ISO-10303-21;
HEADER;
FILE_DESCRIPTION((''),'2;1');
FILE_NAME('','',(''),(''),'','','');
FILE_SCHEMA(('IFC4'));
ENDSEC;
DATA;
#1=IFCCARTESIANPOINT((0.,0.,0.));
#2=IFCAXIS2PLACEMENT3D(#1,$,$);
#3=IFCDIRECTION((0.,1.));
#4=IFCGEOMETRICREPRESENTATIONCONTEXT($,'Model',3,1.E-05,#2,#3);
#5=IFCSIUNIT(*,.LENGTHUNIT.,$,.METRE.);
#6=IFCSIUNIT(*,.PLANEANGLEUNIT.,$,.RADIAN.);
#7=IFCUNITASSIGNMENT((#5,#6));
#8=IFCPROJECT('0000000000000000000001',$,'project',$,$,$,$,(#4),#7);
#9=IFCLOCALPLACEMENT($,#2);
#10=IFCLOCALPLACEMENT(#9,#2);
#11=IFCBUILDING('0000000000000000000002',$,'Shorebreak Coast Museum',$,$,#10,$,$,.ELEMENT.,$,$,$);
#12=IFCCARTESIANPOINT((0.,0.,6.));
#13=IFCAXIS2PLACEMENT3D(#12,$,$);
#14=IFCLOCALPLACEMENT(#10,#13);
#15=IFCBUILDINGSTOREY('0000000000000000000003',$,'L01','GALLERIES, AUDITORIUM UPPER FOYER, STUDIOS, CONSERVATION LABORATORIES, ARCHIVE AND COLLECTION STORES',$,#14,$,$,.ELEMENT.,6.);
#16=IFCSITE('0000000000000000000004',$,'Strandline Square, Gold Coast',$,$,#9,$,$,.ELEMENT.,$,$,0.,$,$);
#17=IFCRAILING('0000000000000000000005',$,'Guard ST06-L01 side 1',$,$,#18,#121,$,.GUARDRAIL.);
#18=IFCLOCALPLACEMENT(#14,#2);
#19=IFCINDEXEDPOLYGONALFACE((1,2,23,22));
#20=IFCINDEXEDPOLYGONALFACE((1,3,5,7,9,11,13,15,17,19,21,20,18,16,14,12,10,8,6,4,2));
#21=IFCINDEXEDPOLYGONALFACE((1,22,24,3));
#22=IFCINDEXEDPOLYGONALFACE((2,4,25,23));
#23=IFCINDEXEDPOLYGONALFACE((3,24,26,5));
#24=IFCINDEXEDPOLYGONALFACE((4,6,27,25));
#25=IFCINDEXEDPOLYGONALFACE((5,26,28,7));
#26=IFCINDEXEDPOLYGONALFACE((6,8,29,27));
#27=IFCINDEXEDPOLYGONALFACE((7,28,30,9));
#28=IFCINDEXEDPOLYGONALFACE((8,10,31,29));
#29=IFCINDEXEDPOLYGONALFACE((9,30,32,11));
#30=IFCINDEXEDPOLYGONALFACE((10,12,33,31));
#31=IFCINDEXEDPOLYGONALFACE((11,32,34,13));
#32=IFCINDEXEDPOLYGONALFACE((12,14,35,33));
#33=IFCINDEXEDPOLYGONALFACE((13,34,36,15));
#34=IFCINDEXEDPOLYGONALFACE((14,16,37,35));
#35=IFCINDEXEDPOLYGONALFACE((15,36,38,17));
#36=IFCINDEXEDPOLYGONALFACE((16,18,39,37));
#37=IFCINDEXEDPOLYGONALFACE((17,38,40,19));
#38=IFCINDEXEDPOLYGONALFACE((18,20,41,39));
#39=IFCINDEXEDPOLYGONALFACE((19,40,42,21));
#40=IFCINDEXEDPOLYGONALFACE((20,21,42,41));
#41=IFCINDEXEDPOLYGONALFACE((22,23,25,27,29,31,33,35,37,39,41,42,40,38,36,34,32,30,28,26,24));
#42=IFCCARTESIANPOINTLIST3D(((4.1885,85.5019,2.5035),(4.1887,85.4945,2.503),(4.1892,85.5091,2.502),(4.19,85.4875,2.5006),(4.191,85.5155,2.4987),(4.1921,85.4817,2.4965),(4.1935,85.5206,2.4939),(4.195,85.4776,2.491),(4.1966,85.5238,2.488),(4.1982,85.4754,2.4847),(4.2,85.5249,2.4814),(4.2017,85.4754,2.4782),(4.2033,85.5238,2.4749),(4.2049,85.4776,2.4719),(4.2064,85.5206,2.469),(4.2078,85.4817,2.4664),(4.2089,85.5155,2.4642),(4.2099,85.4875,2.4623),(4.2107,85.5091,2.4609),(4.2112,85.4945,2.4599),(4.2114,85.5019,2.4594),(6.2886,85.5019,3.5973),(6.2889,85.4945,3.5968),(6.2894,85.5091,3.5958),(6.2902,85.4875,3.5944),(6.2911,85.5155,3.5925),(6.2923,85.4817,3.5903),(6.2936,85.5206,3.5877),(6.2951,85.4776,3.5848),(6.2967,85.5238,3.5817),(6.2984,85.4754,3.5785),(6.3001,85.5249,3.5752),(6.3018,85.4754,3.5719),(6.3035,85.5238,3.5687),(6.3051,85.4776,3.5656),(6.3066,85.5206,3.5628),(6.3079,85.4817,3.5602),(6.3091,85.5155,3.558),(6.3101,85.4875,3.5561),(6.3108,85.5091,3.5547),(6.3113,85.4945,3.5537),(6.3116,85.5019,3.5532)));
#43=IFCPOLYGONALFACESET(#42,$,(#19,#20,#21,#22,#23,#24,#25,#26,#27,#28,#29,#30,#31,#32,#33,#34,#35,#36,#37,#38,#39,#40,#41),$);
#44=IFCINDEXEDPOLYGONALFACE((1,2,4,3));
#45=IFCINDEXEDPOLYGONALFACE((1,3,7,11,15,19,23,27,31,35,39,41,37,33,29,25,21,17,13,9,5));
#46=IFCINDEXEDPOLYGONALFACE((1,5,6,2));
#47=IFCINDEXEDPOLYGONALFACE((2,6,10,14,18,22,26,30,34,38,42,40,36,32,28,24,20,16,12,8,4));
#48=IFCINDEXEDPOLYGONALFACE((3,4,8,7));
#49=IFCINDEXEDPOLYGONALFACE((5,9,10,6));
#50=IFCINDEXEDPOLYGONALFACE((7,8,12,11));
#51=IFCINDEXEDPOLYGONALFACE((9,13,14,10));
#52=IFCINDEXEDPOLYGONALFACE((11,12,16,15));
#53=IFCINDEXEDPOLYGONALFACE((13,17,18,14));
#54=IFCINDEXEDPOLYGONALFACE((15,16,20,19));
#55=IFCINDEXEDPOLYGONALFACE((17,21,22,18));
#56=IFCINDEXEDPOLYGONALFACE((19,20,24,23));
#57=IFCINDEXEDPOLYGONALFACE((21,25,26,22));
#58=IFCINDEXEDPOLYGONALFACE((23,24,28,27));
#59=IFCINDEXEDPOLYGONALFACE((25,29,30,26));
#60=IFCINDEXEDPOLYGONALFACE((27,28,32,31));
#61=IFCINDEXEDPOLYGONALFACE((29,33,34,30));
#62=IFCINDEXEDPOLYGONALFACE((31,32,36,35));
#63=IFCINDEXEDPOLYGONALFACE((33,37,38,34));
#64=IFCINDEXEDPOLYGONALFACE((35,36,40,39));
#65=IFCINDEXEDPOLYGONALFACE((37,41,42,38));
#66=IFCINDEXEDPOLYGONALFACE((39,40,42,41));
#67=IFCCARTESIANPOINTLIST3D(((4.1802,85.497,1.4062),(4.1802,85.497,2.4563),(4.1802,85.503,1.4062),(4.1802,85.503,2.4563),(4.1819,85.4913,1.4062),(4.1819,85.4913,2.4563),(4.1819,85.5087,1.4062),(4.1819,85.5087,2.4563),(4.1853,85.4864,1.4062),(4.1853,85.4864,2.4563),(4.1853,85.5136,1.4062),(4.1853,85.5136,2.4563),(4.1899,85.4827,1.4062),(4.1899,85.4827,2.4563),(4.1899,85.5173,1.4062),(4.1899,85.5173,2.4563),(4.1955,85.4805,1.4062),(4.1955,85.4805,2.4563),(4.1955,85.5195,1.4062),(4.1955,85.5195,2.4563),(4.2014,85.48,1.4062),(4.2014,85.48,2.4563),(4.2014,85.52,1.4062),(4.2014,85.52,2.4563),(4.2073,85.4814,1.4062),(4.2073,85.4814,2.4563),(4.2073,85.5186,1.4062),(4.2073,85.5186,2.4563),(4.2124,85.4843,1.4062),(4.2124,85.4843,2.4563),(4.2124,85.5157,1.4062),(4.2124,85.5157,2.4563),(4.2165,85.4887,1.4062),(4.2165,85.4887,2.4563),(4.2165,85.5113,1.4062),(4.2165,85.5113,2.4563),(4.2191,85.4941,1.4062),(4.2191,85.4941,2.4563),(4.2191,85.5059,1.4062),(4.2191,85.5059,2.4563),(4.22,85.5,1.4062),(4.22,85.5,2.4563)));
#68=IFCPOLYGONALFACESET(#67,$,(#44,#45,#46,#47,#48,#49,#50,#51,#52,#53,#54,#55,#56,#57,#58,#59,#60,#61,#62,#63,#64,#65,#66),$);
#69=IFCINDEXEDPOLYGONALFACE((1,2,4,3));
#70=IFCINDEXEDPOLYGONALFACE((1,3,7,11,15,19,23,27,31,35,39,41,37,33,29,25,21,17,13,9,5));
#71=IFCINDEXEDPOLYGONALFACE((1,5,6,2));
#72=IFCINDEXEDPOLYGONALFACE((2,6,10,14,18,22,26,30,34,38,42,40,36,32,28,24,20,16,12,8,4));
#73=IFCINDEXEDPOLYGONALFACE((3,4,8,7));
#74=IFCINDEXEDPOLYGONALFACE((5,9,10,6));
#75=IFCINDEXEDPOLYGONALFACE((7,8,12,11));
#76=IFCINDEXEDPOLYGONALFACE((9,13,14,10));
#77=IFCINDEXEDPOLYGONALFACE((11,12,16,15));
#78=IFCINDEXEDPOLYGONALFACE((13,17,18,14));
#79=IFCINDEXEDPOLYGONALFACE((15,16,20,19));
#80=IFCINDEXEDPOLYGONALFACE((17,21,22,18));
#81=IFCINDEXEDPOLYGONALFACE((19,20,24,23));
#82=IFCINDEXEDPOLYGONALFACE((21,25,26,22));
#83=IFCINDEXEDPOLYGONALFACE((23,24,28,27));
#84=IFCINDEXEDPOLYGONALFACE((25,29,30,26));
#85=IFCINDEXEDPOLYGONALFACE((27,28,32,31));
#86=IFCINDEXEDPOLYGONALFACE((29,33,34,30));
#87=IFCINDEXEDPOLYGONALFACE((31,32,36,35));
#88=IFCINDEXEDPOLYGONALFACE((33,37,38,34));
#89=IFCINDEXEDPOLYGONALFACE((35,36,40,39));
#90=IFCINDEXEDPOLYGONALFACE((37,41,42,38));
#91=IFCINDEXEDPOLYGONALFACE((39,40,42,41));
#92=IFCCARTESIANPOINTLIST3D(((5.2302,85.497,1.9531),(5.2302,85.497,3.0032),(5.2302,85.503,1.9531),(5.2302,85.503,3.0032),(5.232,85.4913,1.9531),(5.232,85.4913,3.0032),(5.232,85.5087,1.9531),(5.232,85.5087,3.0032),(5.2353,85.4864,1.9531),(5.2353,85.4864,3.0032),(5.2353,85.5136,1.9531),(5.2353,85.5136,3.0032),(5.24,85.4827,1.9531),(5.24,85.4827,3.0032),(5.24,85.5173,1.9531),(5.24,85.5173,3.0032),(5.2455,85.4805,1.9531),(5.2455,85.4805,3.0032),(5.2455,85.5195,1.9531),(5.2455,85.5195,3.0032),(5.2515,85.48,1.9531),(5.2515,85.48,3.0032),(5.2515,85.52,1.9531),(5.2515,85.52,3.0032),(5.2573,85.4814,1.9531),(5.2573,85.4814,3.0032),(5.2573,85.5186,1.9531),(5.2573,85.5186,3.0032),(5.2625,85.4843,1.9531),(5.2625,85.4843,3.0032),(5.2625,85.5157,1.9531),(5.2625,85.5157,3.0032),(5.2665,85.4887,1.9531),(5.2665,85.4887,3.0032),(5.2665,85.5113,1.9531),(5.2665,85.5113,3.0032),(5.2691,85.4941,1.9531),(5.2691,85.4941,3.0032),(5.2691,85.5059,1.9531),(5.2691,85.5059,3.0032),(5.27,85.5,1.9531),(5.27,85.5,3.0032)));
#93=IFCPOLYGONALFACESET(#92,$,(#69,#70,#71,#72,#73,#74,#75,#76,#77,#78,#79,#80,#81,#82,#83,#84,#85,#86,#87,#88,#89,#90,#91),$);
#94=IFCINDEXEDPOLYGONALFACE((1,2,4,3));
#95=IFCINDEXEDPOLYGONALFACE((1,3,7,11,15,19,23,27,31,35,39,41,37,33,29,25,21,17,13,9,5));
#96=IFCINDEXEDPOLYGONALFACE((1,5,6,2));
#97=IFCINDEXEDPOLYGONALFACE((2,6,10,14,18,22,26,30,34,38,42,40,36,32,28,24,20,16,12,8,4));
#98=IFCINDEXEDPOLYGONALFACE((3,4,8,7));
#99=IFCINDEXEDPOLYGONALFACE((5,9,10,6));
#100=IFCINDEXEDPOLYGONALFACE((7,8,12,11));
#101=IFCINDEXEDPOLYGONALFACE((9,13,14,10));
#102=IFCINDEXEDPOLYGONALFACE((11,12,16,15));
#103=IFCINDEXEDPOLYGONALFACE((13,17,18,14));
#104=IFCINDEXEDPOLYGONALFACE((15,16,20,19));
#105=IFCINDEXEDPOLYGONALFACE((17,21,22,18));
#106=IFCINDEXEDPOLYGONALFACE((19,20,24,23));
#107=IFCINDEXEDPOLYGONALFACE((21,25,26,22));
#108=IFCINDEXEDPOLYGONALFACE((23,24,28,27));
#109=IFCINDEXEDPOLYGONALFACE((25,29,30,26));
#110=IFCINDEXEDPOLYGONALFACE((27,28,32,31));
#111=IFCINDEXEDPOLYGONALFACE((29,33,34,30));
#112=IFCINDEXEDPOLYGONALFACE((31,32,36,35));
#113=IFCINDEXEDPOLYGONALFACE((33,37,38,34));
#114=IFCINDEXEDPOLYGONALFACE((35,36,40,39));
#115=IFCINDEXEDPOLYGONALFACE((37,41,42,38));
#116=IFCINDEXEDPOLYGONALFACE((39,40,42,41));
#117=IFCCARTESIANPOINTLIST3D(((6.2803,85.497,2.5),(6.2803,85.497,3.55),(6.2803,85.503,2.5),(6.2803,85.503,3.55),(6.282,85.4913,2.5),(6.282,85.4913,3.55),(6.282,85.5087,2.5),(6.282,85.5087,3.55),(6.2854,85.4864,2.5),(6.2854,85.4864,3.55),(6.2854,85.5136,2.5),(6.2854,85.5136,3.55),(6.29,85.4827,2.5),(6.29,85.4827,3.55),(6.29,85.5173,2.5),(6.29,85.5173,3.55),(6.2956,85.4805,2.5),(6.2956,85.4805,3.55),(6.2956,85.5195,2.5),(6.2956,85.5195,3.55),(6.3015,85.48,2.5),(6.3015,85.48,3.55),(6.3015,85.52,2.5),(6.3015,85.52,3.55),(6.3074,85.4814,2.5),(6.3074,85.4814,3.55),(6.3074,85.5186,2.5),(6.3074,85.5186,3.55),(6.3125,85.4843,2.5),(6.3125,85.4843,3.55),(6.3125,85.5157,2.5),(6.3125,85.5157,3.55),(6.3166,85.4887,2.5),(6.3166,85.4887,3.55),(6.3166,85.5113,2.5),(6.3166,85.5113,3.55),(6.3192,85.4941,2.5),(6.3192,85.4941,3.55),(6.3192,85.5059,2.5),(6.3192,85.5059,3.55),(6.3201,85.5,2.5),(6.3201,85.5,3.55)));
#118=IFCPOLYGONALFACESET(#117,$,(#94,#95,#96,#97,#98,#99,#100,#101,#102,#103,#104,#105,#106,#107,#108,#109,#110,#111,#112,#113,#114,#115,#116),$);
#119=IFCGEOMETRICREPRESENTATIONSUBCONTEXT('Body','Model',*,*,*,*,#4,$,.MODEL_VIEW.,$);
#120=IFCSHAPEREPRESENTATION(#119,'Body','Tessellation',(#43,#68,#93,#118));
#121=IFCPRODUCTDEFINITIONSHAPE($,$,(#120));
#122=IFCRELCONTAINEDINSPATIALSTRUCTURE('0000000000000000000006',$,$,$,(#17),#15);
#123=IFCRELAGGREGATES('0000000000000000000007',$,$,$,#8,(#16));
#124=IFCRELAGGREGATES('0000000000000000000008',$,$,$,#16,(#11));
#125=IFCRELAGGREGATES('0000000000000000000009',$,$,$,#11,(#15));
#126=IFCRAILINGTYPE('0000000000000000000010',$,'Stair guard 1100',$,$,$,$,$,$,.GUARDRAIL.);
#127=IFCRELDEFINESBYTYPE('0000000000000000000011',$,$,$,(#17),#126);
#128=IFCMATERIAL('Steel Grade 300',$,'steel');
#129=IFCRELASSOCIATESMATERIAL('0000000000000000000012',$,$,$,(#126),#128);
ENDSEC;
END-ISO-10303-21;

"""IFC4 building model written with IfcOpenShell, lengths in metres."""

from ifc_helpers import new_model, si_unit, direction, frame, origin, origin_2d, place, context, subcontext, project, spatial, circle, extrude, material, type_object, element, save


model = new_model("IFC4")

# Units and contexts
model_context = context("Model", 3, precision=1e-05, world=origin(), true_north=direction((0.0, 1.0)))
body_context = subcontext(model_context, "Body", "Model", "MODEL_VIEW")
ifc_project = project(units=[si_unit("LENGTHUNIT", "METRE"), si_unit("PLANEANGLEUNIT", "RADIAN")], contexts=[model_context])

# Site, building, storey
site_placement = place(None, origin())
site = spatial("IfcSite", under=ifc_project, at=site_placement, Name="Strandline Square, Gold Coast", CompositionType="ELEMENT", RefElevation=0.0)
building_placement = place(site_placement, origin())
building = spatial("IfcBuilding", under=site, at=building_placement, Name="Shorebreak Coast Museum", CompositionType="ELEMENT")
storey_placement = place(building_placement, frame((0.0, 0.0, 6.0)))
storey = spatial("IfcBuildingStorey", under=building, at=storey_placement, Name="L01", Description="GALLERIES, AUDITORIUM UPPER FOYER, STUDIOS, CONSERVATION LABORATORIES, ARCHIVE AND COLLECTION STORES", CompositionType="ELEMENT", Elevation=6.0)

# Railing
ifc_material_1 = material(Name="Steel Grade 300", Category="steel")
railing_type_1 = type_object("IfcRailingType", Name="Stair guard 1100", PredefinedType="GUARDRAIL", material=ifc_material_1)
for number, where, name in (
    (1, (4.2, 85.5, 1.4062), "Guard ST06-L01 side 1"),
):
    element("IfcRailing", number, at=place(storey_placement, frame(where)), inside=storey, type_object=railing_type_1, Name=name, PredefinedType="GUARDRAIL", context=body_context, shape_type="SweptSolid", body=[
        extrude(circle(Radius=0.0249, at=origin_2d()), frame((0.0, 0.0, 1.0752), z_axis=(0.886923, 0.0, 0.461918), x_axis=(0.0, 1.0, 0.0)), (0.0, 0.0, 1.0), 2.3679),
        extrude(circle(Radius=0.02, at=origin_2d()), origin(), (0.0, 0.0, 1.0), 1.05),
        extrude(circle(Radius=0.02, at=origin_2d()), frame((1.05, 0.0, 0.5469)), (0.0, 0.0, 1.0), 1.05),
        extrude(circle(Radius=0.02, at=origin_2d()), frame((2.1001, 0.0, 1.0938)), (0.0, 0.0, 1.0), 1.05),
    ])

save(model, "model.ifc")
